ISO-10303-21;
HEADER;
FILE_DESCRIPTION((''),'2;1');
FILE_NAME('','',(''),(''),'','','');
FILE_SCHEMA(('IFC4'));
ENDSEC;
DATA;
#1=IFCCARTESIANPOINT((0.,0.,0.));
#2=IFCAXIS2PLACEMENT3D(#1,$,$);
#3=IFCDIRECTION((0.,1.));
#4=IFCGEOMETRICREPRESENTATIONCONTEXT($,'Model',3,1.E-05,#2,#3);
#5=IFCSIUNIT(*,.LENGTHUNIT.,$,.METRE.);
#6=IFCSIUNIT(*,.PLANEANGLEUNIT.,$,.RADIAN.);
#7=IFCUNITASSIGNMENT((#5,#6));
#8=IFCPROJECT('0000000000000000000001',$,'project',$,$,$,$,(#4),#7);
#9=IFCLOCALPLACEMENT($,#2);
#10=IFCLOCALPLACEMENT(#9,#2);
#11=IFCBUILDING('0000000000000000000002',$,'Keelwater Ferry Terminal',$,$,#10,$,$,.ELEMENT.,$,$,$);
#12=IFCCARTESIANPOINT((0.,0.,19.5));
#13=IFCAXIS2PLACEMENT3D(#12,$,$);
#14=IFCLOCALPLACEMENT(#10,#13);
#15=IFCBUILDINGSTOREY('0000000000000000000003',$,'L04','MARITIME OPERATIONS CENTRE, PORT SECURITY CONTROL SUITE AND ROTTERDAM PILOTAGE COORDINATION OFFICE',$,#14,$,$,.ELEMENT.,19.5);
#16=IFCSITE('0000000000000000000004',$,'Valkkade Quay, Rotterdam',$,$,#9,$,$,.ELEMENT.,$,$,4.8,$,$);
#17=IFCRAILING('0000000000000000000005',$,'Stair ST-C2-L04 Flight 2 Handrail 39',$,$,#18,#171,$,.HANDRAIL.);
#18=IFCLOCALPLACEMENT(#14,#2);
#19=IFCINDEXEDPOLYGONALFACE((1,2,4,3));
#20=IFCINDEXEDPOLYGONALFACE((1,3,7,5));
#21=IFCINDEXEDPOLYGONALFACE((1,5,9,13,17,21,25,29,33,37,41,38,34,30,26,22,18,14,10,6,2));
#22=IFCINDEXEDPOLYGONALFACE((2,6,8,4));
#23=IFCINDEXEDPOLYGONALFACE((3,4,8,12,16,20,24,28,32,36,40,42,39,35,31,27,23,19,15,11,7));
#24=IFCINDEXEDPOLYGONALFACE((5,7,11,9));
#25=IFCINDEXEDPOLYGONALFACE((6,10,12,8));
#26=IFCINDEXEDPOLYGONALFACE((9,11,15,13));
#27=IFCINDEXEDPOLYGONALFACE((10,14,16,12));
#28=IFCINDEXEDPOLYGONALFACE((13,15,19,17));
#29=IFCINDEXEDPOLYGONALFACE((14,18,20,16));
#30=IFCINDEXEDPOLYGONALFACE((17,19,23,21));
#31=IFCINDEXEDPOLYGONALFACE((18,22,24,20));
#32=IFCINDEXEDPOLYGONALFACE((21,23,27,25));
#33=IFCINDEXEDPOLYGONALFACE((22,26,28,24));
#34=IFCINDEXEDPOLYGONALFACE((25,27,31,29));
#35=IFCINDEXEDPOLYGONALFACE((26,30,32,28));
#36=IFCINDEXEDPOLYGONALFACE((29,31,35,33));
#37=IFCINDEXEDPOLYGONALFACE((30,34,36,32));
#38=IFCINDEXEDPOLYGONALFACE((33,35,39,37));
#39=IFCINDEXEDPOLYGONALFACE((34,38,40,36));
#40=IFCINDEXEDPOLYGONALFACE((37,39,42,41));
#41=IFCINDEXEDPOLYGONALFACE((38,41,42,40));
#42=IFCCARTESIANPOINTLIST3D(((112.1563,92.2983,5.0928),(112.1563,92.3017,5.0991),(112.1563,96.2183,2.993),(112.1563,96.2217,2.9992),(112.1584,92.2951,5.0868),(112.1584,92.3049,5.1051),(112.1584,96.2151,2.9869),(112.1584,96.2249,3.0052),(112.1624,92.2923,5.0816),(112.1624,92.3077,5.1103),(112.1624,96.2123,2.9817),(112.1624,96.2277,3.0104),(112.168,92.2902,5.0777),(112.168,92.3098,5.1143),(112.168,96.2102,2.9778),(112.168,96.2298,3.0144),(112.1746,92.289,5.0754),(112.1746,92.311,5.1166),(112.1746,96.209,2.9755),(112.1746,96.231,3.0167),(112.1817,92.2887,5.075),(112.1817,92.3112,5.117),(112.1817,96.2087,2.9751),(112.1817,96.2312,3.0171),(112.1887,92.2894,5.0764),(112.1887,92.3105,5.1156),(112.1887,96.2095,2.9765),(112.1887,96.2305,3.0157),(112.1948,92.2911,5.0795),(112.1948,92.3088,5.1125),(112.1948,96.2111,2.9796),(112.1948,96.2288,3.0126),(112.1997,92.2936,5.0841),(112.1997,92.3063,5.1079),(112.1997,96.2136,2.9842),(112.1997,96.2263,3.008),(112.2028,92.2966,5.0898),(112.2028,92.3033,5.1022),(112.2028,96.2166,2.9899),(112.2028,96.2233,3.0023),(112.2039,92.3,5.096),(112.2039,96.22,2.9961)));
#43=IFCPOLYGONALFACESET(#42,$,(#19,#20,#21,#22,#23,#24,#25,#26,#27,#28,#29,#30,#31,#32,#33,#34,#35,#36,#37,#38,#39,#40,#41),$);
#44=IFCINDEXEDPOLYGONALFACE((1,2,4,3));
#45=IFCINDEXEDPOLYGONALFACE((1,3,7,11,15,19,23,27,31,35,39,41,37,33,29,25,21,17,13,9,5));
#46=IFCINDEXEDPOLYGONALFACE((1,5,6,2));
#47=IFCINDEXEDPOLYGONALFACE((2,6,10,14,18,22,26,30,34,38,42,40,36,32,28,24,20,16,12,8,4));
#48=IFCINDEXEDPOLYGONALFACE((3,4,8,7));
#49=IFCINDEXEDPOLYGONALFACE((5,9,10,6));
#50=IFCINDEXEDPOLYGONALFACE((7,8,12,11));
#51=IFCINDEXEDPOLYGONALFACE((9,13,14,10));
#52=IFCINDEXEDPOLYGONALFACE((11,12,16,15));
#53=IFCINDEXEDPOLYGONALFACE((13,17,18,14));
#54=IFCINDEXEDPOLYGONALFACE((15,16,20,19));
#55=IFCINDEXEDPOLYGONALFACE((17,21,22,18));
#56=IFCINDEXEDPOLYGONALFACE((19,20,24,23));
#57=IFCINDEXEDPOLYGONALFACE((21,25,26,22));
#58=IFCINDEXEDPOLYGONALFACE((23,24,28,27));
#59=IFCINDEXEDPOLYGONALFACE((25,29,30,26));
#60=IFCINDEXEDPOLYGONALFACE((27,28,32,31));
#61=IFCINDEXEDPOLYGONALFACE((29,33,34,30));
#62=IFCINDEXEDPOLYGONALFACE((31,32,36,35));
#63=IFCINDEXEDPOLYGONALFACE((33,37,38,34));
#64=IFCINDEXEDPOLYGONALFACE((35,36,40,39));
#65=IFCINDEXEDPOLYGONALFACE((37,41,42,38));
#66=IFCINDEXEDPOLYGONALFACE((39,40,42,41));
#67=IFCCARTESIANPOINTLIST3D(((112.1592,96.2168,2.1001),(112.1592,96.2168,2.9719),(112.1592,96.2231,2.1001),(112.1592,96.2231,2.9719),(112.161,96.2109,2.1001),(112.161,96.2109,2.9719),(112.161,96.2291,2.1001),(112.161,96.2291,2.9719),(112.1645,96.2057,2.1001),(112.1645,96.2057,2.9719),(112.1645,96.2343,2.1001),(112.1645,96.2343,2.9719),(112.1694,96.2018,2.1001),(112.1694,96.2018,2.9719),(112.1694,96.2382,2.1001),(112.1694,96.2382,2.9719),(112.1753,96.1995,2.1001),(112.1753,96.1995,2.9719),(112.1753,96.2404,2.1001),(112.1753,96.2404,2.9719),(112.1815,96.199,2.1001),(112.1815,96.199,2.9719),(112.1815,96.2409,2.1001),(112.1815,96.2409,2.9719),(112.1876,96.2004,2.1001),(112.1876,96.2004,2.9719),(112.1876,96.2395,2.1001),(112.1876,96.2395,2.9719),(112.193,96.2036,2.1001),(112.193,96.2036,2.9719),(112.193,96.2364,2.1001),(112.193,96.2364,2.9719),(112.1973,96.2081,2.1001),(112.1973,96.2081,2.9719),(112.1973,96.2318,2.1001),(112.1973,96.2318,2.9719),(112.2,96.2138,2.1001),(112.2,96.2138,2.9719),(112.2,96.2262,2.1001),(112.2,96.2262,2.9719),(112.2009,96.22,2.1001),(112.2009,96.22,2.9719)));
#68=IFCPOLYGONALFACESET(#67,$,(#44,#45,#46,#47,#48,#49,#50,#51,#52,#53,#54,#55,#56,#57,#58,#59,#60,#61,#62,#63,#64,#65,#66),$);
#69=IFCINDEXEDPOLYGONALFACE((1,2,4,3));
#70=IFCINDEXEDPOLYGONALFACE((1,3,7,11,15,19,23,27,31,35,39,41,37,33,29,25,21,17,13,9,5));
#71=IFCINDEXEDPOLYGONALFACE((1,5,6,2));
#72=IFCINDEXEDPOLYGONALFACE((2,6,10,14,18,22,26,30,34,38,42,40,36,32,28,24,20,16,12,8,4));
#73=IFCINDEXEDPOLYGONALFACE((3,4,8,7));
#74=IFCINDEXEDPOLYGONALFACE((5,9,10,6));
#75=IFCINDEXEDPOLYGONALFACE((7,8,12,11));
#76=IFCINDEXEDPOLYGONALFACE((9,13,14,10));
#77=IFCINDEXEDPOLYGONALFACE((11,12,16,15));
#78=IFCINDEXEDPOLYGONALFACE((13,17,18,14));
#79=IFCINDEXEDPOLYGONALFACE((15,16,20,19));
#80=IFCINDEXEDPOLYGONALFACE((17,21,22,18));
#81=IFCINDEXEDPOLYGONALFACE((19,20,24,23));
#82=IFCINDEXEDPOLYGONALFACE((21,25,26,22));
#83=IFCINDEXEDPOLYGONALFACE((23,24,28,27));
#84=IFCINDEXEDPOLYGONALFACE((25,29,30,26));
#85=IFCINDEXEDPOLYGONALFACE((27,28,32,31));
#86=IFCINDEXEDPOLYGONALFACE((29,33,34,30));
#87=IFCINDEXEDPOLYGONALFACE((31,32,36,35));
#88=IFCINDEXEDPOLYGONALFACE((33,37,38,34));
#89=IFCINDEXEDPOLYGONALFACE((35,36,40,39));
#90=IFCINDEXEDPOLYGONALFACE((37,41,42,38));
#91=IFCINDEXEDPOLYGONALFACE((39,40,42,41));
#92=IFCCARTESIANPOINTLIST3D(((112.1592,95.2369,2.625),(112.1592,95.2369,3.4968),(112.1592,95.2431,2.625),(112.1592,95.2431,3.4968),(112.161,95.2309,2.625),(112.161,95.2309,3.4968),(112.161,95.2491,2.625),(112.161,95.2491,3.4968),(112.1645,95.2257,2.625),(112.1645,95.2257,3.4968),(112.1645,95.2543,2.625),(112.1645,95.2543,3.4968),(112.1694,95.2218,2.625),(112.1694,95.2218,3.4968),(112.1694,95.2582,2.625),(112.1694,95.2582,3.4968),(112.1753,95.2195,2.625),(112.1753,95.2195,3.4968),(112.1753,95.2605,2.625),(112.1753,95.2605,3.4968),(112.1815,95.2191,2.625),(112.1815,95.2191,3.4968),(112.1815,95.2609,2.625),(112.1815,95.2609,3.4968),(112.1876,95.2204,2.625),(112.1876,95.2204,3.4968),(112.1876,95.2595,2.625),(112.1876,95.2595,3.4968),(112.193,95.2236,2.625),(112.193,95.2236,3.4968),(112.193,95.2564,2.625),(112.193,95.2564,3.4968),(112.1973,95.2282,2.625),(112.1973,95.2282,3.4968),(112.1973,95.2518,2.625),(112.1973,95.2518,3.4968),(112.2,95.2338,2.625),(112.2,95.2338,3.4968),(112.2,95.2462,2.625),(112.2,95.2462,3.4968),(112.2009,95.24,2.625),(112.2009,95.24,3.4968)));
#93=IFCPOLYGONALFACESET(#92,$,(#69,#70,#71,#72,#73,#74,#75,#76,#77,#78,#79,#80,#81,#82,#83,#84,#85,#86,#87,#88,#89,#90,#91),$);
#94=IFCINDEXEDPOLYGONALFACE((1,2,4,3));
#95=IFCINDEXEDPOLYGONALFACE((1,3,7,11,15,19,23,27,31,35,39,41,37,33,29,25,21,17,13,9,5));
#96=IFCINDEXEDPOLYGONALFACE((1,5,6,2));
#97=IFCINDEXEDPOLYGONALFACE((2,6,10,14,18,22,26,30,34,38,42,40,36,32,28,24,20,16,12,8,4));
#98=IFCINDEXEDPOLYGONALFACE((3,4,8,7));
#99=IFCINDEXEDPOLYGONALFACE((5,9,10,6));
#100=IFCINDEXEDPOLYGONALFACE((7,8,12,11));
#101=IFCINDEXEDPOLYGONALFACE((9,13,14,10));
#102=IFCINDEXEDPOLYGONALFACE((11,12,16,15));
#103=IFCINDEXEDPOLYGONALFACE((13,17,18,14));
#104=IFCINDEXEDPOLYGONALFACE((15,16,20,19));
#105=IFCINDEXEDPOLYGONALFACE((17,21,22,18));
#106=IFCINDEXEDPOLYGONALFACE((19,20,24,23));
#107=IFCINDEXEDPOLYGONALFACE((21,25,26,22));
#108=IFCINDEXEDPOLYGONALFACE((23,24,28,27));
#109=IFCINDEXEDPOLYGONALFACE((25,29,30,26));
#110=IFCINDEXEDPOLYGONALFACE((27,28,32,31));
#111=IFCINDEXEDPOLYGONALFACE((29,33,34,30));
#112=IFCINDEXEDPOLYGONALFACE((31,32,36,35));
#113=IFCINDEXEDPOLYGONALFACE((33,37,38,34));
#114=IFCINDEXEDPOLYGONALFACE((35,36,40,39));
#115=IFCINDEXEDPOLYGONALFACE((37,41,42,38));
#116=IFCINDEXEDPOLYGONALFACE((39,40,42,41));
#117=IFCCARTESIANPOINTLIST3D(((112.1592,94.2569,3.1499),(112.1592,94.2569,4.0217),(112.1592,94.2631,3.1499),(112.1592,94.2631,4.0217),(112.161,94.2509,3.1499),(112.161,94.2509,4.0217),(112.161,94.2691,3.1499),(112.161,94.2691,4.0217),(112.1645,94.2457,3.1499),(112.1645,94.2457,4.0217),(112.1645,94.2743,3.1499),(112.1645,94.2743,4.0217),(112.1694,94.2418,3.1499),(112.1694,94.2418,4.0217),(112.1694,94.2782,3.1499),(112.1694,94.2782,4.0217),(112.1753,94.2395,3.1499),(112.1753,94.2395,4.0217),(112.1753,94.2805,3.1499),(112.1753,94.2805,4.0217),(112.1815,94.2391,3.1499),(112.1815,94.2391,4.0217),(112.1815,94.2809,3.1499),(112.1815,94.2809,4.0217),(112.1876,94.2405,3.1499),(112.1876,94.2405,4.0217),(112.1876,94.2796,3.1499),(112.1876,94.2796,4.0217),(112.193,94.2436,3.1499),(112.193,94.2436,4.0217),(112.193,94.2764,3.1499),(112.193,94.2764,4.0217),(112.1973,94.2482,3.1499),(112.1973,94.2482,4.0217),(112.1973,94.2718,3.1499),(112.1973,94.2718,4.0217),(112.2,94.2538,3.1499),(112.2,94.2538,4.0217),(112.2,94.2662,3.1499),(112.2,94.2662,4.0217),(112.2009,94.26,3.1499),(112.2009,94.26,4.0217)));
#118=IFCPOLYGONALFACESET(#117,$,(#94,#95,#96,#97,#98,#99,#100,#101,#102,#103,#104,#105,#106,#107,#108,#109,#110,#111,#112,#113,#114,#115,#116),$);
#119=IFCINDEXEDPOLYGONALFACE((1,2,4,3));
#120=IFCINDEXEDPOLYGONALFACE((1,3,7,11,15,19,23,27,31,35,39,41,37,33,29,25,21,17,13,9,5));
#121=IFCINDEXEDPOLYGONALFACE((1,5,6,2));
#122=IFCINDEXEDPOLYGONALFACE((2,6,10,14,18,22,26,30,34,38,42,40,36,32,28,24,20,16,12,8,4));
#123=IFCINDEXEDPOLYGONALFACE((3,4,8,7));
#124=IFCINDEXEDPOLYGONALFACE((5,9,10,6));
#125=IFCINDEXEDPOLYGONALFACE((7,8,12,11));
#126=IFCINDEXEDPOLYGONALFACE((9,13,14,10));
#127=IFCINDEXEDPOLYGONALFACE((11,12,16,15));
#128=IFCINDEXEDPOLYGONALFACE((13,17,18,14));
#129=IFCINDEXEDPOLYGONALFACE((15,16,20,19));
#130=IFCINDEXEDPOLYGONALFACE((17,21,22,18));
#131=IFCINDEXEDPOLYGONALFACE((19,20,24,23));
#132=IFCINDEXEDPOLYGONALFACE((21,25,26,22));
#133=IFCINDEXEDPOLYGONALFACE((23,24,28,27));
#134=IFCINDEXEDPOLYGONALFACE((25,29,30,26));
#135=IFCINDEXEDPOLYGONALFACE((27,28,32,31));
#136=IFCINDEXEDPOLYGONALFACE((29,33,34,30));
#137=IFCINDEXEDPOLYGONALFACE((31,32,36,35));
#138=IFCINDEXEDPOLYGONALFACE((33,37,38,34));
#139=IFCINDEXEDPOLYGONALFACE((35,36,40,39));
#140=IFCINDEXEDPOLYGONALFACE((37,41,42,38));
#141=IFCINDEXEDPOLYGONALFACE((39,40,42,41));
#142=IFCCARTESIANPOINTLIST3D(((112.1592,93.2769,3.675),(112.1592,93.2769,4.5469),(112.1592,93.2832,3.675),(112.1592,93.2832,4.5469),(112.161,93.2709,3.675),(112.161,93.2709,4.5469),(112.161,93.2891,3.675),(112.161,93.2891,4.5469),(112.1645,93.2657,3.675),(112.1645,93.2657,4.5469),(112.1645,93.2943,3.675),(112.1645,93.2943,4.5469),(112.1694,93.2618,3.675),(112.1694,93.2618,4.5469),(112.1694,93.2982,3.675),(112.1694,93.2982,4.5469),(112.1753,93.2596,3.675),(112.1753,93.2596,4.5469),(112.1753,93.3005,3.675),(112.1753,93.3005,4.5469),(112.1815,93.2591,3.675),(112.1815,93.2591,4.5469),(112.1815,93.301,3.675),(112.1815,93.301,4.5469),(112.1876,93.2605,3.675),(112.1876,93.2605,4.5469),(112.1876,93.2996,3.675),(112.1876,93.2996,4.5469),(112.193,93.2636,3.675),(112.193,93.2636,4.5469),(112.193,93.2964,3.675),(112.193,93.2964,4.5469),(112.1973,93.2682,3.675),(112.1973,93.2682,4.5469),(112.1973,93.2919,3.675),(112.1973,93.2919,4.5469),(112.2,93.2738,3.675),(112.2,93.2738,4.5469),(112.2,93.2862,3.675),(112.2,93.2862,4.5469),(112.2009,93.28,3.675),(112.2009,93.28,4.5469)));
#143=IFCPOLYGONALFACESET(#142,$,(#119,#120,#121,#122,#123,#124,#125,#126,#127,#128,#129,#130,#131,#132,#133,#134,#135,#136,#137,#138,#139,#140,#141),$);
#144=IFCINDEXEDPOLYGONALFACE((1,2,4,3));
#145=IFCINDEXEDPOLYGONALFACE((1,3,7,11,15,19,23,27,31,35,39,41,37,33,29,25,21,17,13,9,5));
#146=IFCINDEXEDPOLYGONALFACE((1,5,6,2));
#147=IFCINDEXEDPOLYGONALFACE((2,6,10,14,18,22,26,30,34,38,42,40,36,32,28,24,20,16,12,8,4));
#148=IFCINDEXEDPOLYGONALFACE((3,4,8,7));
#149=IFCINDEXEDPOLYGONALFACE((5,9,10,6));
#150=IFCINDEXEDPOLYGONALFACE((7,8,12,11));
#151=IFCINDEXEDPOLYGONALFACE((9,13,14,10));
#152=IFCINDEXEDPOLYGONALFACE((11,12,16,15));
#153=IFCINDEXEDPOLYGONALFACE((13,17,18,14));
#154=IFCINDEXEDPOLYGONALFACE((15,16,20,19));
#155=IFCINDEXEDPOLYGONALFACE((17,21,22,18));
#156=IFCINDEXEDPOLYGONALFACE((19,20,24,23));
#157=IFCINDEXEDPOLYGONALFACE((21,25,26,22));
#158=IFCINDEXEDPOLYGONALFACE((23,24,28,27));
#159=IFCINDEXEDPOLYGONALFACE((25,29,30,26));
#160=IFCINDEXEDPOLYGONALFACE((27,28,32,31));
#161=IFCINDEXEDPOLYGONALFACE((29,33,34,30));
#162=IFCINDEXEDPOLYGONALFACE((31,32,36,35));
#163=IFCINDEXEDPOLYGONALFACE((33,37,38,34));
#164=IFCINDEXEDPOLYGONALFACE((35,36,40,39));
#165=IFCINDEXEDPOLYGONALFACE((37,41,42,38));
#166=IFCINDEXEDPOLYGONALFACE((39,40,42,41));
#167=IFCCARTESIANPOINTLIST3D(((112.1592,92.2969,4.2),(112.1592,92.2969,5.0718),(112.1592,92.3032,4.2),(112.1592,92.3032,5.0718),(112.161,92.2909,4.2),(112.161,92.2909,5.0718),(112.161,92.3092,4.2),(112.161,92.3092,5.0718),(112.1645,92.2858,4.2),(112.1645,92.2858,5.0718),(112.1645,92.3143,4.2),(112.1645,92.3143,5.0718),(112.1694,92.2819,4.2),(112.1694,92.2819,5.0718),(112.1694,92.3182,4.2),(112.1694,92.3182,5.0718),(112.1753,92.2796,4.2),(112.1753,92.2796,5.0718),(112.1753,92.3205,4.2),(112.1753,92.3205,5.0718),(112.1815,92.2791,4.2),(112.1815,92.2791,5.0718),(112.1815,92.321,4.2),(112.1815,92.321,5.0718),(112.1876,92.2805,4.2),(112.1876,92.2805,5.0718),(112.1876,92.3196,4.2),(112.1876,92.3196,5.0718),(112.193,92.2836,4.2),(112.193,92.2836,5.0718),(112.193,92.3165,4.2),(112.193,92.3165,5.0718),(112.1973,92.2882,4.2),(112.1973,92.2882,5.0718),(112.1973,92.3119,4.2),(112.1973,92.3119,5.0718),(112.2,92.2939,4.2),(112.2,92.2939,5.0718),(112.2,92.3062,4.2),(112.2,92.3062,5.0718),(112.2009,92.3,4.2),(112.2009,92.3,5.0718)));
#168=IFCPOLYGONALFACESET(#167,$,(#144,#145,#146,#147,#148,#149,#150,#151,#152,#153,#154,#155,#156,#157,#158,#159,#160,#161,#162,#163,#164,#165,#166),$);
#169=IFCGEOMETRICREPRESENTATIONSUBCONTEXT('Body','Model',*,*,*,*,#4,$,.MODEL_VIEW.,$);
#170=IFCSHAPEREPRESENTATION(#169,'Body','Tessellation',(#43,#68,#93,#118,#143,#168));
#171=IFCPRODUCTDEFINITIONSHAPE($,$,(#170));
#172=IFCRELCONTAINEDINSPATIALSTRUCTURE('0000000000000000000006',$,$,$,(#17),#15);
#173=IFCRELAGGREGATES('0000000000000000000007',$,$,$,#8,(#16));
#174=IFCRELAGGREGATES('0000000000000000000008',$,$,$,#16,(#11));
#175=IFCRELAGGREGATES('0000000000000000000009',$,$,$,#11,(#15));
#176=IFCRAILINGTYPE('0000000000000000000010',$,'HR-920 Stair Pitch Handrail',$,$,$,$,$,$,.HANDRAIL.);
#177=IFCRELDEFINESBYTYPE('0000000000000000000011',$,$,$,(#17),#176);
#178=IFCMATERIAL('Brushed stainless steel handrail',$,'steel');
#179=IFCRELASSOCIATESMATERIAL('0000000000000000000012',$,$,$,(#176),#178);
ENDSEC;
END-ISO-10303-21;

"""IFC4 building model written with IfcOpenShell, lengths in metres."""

from ifc_helpers import new_model, si_unit, direction, frame, origin, origin_2d, place, context, subcontext, project, spatial, circle, extrude, material, type_object, element, save


model = new_model("IFC4")

# Units and contexts
model_context = context("Model", 3, precision=1e-05, world=origin(), true_north=direction((0.0, 1.0)))
body_context = subcontext(model_context, "Body", "Model", "MODEL_VIEW")
ifc_project = project(units=[si_unit("LENGTHUNIT", "METRE"), si_unit("PLANEANGLEUNIT", "RADIAN")], contexts=[model_context])

# Site, building, storey
site_placement = place(None, origin())
site = spatial("IfcSite", under=ifc_project, at=site_placement, Name="Valkkade Quay, Rotterdam", CompositionType="ELEMENT", RefElevation=4.8)
building_placement = place(site_placement, origin())
building = spatial("IfcBuilding", under=site, at=building_placement, Name="Keelwater Ferry Terminal", CompositionType="ELEMENT")
storey_placement = place(building_placement, frame((0.0, 0.0, 19.5)))
storey = spatial("IfcBuildingStorey", under=building, at=storey_placement, Name="L04", Description="MARITIME OPERATIONS CENTRE, PORT SECURITY CONTROL SUITE AND ROTTERDAM PILOTAGE COORDINATION OFFICE", CompositionType="ELEMENT", Elevation=19.5)

# Railing
ifc_material_1 = material(Name="Brushed stainless steel handrail", Category="steel")
railing_type_1 = type_object("IfcRailingType", Name="HR-920 Stair Pitch Handrail", PredefinedType="HANDRAIL", material=ifc_material_1)
railing_1_placement = place(storey_placement, frame((112.1799, 96.22, 2.1001)))
element("IfcRailing", 1, at=railing_1_placement, inside=storey, type_object=railing_type_1, Name="Stair ST-C2-L04 Flight 2 Handrail 39", PredefinedType="HANDRAIL", context=body_context, shape_type="SweptSolid", body=[
    extrude(circle(Radius=0.0239, at=origin_2d()), frame((0.0, 0.0, 0.896), z_axis=(0.0, -0.88149, 0.472203), x_axis=(1.0, 0.0, 0.0)), (0.0, 0.0, 1.0), 4.447),
    extrude(circle(Radius=0.021, at=origin_2d()), origin(), (0.0, 0.0, 1.0), 0.8718),
    extrude(circle(Radius=0.021, at=origin_2d()), frame((0.0, -0.98, 0.5249)), (0.0, 0.0, 1.0), 0.8718),
    extrude(circle(Radius=0.021, at=origin_2d()), frame((0.0, -1.96, 1.0498)), (0.0, 0.0, 1.0), 0.8718),
    extrude(circle(Radius=0.021, at=origin_2d()), frame((0.0, -2.9399, 1.575)), (0.0, 0.0, 1.0), 0.8718),
    extrude(circle(Radius=0.021, at=origin_2d()), frame((0.0, -3.9199, 2.0999)), (0.0, 0.0, 1.0), 0.8718),
])

save(model, "model.ifc")
